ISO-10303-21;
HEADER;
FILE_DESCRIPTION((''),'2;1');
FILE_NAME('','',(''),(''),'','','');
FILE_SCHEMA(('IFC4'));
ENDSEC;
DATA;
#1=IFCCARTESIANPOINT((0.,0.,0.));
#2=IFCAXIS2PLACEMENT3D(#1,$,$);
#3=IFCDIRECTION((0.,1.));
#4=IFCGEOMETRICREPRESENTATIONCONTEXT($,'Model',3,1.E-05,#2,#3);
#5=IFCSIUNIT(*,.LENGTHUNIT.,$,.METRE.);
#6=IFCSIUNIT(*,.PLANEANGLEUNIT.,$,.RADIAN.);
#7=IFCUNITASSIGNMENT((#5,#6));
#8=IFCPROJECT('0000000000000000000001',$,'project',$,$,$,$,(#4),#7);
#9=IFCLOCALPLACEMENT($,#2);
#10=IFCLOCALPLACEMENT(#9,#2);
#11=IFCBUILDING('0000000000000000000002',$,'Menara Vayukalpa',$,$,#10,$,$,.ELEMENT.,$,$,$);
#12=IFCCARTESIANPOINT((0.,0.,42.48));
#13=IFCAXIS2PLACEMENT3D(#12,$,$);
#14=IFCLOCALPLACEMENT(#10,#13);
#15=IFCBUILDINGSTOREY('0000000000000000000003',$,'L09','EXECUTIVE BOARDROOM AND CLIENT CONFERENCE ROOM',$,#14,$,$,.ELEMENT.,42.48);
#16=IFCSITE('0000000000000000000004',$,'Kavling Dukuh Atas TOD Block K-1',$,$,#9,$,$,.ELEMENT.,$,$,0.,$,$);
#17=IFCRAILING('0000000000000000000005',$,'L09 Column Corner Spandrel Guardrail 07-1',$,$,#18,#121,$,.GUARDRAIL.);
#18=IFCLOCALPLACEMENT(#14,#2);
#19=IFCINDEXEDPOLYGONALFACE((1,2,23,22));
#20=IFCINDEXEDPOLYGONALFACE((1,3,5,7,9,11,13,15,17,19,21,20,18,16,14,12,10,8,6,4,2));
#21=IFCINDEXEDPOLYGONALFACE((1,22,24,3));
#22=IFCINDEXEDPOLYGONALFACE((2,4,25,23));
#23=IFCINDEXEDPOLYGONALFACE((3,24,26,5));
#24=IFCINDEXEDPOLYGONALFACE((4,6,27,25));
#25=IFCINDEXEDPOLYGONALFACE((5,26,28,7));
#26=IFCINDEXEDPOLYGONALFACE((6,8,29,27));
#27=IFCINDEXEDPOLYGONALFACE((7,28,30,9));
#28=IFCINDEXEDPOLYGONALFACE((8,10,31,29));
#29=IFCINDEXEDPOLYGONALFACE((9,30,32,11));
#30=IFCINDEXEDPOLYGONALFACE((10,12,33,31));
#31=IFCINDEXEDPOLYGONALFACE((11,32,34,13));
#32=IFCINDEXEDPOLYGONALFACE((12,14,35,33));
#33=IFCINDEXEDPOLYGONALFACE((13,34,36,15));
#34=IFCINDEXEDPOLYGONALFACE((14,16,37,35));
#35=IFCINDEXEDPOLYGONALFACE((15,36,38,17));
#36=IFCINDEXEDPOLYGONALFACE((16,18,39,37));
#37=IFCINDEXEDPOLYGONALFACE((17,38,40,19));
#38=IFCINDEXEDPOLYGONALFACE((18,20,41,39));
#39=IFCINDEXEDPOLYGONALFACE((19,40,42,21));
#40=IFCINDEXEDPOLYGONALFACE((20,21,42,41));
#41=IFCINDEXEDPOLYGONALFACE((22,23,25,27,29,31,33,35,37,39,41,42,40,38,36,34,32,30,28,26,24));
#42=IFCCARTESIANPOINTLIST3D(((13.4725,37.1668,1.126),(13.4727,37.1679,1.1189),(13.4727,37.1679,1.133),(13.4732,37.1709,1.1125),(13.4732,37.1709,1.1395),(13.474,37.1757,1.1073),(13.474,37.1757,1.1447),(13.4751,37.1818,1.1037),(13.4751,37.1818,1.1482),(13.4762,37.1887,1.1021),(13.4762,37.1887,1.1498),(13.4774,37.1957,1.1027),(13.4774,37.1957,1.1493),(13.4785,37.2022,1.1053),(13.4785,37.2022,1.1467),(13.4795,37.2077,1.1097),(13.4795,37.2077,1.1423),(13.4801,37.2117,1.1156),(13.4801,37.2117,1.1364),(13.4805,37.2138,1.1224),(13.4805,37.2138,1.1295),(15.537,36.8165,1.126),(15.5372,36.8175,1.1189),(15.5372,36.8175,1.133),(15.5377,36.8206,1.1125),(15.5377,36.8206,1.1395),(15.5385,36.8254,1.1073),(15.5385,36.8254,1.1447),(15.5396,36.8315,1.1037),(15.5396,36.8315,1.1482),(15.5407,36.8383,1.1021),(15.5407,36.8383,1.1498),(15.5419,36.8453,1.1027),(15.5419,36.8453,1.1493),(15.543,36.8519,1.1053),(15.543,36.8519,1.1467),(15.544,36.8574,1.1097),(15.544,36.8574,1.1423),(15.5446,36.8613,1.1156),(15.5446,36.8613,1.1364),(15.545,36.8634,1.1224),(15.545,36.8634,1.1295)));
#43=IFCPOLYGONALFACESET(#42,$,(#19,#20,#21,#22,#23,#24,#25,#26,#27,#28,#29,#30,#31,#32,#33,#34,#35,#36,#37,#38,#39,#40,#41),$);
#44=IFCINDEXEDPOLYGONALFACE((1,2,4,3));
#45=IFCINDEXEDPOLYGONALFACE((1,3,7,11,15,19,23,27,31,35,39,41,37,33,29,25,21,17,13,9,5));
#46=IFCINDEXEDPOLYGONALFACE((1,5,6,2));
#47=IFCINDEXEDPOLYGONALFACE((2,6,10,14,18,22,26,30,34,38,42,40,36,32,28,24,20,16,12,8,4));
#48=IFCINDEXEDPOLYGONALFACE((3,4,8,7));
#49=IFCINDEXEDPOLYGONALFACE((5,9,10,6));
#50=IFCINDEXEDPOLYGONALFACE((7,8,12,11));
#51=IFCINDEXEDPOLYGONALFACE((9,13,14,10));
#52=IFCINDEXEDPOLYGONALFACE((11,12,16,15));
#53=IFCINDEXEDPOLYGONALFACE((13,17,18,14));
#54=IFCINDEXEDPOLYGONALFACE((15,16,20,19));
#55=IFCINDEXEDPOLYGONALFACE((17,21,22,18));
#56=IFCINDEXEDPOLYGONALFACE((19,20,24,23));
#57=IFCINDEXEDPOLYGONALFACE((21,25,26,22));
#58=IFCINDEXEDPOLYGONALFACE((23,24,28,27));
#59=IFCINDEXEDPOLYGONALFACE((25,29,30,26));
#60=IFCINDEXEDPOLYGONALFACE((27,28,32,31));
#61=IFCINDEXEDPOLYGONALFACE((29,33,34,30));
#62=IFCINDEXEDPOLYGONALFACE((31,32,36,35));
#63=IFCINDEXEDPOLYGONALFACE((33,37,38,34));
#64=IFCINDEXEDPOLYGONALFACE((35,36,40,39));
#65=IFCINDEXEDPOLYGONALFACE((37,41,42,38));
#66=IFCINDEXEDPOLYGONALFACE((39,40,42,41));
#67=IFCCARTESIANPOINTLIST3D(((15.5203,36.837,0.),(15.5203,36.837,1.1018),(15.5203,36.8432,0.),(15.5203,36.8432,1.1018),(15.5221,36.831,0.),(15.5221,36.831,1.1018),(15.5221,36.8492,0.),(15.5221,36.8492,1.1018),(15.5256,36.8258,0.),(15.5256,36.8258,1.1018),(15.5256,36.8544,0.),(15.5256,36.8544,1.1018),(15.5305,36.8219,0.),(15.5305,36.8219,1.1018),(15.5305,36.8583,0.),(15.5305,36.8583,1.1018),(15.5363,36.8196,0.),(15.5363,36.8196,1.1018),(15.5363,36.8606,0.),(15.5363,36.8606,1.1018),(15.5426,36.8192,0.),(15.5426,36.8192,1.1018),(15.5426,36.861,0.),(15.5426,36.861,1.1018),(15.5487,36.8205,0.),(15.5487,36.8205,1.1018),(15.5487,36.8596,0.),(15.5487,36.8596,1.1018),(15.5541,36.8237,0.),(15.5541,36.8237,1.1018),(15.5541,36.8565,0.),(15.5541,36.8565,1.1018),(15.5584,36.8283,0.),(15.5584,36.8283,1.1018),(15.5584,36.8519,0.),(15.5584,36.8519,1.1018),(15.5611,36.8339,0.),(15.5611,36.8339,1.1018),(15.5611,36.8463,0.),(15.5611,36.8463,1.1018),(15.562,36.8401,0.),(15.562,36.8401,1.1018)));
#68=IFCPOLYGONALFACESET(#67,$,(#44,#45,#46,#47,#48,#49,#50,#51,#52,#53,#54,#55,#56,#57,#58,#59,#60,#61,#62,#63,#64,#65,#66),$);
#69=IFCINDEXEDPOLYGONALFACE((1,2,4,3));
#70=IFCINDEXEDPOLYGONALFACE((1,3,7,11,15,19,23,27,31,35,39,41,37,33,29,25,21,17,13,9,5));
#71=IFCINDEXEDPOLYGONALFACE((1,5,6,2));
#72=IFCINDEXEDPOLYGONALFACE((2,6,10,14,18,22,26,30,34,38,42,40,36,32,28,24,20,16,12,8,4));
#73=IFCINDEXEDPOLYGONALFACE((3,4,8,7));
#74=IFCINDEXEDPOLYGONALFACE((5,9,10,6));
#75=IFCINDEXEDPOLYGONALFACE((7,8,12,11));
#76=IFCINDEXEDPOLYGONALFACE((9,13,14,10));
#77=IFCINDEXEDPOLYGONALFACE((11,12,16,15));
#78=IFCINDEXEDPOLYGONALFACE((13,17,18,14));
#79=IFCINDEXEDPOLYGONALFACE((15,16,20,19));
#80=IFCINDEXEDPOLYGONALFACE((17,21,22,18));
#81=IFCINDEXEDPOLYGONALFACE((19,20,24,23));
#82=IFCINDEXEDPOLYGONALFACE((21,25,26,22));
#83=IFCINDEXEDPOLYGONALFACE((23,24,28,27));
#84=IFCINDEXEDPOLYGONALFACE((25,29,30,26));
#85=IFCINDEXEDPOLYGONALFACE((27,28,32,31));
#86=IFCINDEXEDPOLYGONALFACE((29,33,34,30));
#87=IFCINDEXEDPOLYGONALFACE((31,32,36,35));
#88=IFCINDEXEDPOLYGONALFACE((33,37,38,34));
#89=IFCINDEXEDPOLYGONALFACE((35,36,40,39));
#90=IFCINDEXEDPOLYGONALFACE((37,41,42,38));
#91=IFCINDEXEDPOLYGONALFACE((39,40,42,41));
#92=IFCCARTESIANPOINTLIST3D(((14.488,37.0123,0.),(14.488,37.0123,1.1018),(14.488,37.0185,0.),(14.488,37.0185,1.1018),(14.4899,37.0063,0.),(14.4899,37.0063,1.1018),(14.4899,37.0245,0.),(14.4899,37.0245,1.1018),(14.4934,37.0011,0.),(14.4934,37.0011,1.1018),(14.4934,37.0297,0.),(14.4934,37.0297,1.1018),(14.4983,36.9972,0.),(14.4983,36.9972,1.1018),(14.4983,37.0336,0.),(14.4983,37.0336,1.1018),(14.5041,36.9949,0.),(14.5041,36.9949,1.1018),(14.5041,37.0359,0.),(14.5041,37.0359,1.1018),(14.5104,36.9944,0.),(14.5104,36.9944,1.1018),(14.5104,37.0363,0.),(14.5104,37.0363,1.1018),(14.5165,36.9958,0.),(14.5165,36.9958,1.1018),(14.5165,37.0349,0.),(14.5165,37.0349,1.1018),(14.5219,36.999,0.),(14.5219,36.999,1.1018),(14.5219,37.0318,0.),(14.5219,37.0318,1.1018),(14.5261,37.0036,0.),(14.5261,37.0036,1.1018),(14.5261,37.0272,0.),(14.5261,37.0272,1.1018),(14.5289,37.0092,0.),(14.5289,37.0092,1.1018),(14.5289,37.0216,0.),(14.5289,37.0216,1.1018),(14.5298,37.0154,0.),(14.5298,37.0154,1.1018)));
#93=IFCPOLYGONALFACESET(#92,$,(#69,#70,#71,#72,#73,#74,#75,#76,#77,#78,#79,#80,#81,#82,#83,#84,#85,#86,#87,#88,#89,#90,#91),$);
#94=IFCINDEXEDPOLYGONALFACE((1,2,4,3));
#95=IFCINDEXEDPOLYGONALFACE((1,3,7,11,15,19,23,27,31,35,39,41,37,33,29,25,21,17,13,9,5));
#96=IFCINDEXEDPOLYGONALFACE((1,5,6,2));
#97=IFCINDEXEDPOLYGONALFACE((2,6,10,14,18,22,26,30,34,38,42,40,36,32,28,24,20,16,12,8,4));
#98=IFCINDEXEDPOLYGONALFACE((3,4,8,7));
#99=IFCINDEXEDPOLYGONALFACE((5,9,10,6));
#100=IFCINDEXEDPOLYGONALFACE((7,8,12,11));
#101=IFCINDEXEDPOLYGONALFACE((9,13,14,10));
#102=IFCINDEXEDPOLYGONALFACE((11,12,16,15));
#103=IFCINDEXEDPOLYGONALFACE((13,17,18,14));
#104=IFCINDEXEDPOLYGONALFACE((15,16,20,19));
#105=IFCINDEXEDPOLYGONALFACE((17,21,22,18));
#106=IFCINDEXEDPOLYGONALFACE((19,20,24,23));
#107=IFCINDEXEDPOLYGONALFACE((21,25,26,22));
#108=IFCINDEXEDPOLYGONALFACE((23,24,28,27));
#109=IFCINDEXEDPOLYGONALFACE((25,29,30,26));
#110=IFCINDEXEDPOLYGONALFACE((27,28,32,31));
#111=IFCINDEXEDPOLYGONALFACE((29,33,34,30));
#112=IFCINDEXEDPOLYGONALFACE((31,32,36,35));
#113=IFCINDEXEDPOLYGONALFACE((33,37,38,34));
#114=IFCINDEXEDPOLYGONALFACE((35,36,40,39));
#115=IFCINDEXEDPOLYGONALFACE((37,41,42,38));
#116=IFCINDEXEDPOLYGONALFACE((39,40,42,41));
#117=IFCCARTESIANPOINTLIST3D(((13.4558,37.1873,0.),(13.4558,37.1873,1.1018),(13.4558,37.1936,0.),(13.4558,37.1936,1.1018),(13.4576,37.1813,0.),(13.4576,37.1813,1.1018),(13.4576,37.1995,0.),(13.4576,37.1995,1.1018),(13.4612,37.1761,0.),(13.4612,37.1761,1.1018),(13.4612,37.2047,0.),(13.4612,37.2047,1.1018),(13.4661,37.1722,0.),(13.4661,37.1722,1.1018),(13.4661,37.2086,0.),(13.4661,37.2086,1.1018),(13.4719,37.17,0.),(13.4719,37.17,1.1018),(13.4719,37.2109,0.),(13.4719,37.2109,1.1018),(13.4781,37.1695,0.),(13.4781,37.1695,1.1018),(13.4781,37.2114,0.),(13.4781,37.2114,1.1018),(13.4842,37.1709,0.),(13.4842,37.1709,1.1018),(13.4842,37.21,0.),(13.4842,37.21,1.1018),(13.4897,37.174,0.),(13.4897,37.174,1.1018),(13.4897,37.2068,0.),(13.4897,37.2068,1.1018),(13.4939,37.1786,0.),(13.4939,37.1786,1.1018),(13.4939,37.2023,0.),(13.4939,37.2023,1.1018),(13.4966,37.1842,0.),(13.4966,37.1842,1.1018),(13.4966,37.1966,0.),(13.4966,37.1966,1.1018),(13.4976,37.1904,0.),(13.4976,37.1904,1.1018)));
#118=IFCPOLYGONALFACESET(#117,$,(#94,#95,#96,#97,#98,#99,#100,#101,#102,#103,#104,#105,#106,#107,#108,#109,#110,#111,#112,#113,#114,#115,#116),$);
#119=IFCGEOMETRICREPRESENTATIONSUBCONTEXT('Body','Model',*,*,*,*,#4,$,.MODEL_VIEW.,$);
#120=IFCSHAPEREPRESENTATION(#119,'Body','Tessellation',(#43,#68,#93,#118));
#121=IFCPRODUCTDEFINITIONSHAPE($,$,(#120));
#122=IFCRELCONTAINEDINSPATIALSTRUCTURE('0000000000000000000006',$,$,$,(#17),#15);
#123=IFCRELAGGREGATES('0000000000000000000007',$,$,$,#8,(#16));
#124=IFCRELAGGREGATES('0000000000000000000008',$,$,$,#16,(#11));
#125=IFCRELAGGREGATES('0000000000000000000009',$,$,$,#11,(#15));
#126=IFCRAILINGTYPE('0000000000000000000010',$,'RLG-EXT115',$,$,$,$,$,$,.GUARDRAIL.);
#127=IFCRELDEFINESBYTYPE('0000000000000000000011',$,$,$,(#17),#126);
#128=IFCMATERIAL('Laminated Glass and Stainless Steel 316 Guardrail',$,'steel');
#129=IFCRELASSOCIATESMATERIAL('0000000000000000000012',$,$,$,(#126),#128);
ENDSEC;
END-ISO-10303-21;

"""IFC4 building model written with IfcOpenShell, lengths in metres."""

from ifc_helpers import new_model, si_unit, direction, frame, origin, origin_2d, place, context, subcontext, project, spatial, circle, extrude, material, type_object, element, save


model = new_model("IFC4")

# Units and contexts
model_context = context("Model", 3, precision=1e-05, world=origin(), true_north=direction((0.0, 1.0)))
body_context = subcontext(model_context, "Body", "Model", "MODEL_VIEW")
ifc_project = project(units=[si_unit("LENGTHUNIT", "METRE"), si_unit("PLANEANGLEUNIT", "RADIAN")], contexts=[model_context])

# Site, building, storey
site_placement = place(None, origin())
site = spatial("IfcSite", under=ifc_project, at=site_placement, Name="Kavling Dukuh Atas TOD Block K-1", CompositionType="ELEMENT", RefElevation=0.0)
building_placement = place(site_placement, origin())
building = spatial("IfcBuilding", under=site, at=building_placement, Name="Menara Vayukalpa", CompositionType="ELEMENT")
storey_placement = place(building_placement, frame((0.0, 0.0, 42.48)))
storey = spatial("IfcBuildingStorey", under=building, at=storey_placement, Name="L09", Description="EXECUTIVE BOARDROOM AND CLIENT CONFERENCE ROOM", CompositionType="ELEMENT", Elevation=42.48)

# Railing
ifc_material_1 = material(Name="Laminated Glass and Stainless Steel 316 Guardrail", Category="steel")
railing_type = type_object("IfcRailingType", Name="RLG-EXT115", PredefinedType="GUARDRAIL", material=ifc_material_1)
railing_1_placement = place(storey_placement, frame((15.541, 36.8401, 0.0)))
element("IfcRailing", 1, at=railing_1_placement, inside=storey, type_object=railing_type, Name="L09 Column Corner Spandrel Guardrail 07-1", PredefinedType="GUARDRAIL", context=body_context, shape_type="SweptSolid", body=[
    extrude(circle(Radius=0.0239, at=origin_2d()), frame((0.0, 0.0, 1.126), z_axis=(-0.985904, 0.16731, 0.0), x_axis=(-0.16731, -0.985904, 0.0)), (0.0, 0.0, 1.0), 2.094),
    extrude(circle(Radius=0.021, at=origin_2d()), origin(), (0.0, 0.0, 1.0), 1.1018),
    extrude(circle(Radius=0.021, at=origin_2d()), frame((-1.0322, 0.1753, 0.0)), (0.0, 0.0, 1.0), 1.1018),
    extrude(circle(Radius=0.021, at=origin_2d()), frame((-2.0645, 0.3503, 0.0)), (0.0, 0.0, 1.0), 1.1018),
])

save(model, "model.ifc")
